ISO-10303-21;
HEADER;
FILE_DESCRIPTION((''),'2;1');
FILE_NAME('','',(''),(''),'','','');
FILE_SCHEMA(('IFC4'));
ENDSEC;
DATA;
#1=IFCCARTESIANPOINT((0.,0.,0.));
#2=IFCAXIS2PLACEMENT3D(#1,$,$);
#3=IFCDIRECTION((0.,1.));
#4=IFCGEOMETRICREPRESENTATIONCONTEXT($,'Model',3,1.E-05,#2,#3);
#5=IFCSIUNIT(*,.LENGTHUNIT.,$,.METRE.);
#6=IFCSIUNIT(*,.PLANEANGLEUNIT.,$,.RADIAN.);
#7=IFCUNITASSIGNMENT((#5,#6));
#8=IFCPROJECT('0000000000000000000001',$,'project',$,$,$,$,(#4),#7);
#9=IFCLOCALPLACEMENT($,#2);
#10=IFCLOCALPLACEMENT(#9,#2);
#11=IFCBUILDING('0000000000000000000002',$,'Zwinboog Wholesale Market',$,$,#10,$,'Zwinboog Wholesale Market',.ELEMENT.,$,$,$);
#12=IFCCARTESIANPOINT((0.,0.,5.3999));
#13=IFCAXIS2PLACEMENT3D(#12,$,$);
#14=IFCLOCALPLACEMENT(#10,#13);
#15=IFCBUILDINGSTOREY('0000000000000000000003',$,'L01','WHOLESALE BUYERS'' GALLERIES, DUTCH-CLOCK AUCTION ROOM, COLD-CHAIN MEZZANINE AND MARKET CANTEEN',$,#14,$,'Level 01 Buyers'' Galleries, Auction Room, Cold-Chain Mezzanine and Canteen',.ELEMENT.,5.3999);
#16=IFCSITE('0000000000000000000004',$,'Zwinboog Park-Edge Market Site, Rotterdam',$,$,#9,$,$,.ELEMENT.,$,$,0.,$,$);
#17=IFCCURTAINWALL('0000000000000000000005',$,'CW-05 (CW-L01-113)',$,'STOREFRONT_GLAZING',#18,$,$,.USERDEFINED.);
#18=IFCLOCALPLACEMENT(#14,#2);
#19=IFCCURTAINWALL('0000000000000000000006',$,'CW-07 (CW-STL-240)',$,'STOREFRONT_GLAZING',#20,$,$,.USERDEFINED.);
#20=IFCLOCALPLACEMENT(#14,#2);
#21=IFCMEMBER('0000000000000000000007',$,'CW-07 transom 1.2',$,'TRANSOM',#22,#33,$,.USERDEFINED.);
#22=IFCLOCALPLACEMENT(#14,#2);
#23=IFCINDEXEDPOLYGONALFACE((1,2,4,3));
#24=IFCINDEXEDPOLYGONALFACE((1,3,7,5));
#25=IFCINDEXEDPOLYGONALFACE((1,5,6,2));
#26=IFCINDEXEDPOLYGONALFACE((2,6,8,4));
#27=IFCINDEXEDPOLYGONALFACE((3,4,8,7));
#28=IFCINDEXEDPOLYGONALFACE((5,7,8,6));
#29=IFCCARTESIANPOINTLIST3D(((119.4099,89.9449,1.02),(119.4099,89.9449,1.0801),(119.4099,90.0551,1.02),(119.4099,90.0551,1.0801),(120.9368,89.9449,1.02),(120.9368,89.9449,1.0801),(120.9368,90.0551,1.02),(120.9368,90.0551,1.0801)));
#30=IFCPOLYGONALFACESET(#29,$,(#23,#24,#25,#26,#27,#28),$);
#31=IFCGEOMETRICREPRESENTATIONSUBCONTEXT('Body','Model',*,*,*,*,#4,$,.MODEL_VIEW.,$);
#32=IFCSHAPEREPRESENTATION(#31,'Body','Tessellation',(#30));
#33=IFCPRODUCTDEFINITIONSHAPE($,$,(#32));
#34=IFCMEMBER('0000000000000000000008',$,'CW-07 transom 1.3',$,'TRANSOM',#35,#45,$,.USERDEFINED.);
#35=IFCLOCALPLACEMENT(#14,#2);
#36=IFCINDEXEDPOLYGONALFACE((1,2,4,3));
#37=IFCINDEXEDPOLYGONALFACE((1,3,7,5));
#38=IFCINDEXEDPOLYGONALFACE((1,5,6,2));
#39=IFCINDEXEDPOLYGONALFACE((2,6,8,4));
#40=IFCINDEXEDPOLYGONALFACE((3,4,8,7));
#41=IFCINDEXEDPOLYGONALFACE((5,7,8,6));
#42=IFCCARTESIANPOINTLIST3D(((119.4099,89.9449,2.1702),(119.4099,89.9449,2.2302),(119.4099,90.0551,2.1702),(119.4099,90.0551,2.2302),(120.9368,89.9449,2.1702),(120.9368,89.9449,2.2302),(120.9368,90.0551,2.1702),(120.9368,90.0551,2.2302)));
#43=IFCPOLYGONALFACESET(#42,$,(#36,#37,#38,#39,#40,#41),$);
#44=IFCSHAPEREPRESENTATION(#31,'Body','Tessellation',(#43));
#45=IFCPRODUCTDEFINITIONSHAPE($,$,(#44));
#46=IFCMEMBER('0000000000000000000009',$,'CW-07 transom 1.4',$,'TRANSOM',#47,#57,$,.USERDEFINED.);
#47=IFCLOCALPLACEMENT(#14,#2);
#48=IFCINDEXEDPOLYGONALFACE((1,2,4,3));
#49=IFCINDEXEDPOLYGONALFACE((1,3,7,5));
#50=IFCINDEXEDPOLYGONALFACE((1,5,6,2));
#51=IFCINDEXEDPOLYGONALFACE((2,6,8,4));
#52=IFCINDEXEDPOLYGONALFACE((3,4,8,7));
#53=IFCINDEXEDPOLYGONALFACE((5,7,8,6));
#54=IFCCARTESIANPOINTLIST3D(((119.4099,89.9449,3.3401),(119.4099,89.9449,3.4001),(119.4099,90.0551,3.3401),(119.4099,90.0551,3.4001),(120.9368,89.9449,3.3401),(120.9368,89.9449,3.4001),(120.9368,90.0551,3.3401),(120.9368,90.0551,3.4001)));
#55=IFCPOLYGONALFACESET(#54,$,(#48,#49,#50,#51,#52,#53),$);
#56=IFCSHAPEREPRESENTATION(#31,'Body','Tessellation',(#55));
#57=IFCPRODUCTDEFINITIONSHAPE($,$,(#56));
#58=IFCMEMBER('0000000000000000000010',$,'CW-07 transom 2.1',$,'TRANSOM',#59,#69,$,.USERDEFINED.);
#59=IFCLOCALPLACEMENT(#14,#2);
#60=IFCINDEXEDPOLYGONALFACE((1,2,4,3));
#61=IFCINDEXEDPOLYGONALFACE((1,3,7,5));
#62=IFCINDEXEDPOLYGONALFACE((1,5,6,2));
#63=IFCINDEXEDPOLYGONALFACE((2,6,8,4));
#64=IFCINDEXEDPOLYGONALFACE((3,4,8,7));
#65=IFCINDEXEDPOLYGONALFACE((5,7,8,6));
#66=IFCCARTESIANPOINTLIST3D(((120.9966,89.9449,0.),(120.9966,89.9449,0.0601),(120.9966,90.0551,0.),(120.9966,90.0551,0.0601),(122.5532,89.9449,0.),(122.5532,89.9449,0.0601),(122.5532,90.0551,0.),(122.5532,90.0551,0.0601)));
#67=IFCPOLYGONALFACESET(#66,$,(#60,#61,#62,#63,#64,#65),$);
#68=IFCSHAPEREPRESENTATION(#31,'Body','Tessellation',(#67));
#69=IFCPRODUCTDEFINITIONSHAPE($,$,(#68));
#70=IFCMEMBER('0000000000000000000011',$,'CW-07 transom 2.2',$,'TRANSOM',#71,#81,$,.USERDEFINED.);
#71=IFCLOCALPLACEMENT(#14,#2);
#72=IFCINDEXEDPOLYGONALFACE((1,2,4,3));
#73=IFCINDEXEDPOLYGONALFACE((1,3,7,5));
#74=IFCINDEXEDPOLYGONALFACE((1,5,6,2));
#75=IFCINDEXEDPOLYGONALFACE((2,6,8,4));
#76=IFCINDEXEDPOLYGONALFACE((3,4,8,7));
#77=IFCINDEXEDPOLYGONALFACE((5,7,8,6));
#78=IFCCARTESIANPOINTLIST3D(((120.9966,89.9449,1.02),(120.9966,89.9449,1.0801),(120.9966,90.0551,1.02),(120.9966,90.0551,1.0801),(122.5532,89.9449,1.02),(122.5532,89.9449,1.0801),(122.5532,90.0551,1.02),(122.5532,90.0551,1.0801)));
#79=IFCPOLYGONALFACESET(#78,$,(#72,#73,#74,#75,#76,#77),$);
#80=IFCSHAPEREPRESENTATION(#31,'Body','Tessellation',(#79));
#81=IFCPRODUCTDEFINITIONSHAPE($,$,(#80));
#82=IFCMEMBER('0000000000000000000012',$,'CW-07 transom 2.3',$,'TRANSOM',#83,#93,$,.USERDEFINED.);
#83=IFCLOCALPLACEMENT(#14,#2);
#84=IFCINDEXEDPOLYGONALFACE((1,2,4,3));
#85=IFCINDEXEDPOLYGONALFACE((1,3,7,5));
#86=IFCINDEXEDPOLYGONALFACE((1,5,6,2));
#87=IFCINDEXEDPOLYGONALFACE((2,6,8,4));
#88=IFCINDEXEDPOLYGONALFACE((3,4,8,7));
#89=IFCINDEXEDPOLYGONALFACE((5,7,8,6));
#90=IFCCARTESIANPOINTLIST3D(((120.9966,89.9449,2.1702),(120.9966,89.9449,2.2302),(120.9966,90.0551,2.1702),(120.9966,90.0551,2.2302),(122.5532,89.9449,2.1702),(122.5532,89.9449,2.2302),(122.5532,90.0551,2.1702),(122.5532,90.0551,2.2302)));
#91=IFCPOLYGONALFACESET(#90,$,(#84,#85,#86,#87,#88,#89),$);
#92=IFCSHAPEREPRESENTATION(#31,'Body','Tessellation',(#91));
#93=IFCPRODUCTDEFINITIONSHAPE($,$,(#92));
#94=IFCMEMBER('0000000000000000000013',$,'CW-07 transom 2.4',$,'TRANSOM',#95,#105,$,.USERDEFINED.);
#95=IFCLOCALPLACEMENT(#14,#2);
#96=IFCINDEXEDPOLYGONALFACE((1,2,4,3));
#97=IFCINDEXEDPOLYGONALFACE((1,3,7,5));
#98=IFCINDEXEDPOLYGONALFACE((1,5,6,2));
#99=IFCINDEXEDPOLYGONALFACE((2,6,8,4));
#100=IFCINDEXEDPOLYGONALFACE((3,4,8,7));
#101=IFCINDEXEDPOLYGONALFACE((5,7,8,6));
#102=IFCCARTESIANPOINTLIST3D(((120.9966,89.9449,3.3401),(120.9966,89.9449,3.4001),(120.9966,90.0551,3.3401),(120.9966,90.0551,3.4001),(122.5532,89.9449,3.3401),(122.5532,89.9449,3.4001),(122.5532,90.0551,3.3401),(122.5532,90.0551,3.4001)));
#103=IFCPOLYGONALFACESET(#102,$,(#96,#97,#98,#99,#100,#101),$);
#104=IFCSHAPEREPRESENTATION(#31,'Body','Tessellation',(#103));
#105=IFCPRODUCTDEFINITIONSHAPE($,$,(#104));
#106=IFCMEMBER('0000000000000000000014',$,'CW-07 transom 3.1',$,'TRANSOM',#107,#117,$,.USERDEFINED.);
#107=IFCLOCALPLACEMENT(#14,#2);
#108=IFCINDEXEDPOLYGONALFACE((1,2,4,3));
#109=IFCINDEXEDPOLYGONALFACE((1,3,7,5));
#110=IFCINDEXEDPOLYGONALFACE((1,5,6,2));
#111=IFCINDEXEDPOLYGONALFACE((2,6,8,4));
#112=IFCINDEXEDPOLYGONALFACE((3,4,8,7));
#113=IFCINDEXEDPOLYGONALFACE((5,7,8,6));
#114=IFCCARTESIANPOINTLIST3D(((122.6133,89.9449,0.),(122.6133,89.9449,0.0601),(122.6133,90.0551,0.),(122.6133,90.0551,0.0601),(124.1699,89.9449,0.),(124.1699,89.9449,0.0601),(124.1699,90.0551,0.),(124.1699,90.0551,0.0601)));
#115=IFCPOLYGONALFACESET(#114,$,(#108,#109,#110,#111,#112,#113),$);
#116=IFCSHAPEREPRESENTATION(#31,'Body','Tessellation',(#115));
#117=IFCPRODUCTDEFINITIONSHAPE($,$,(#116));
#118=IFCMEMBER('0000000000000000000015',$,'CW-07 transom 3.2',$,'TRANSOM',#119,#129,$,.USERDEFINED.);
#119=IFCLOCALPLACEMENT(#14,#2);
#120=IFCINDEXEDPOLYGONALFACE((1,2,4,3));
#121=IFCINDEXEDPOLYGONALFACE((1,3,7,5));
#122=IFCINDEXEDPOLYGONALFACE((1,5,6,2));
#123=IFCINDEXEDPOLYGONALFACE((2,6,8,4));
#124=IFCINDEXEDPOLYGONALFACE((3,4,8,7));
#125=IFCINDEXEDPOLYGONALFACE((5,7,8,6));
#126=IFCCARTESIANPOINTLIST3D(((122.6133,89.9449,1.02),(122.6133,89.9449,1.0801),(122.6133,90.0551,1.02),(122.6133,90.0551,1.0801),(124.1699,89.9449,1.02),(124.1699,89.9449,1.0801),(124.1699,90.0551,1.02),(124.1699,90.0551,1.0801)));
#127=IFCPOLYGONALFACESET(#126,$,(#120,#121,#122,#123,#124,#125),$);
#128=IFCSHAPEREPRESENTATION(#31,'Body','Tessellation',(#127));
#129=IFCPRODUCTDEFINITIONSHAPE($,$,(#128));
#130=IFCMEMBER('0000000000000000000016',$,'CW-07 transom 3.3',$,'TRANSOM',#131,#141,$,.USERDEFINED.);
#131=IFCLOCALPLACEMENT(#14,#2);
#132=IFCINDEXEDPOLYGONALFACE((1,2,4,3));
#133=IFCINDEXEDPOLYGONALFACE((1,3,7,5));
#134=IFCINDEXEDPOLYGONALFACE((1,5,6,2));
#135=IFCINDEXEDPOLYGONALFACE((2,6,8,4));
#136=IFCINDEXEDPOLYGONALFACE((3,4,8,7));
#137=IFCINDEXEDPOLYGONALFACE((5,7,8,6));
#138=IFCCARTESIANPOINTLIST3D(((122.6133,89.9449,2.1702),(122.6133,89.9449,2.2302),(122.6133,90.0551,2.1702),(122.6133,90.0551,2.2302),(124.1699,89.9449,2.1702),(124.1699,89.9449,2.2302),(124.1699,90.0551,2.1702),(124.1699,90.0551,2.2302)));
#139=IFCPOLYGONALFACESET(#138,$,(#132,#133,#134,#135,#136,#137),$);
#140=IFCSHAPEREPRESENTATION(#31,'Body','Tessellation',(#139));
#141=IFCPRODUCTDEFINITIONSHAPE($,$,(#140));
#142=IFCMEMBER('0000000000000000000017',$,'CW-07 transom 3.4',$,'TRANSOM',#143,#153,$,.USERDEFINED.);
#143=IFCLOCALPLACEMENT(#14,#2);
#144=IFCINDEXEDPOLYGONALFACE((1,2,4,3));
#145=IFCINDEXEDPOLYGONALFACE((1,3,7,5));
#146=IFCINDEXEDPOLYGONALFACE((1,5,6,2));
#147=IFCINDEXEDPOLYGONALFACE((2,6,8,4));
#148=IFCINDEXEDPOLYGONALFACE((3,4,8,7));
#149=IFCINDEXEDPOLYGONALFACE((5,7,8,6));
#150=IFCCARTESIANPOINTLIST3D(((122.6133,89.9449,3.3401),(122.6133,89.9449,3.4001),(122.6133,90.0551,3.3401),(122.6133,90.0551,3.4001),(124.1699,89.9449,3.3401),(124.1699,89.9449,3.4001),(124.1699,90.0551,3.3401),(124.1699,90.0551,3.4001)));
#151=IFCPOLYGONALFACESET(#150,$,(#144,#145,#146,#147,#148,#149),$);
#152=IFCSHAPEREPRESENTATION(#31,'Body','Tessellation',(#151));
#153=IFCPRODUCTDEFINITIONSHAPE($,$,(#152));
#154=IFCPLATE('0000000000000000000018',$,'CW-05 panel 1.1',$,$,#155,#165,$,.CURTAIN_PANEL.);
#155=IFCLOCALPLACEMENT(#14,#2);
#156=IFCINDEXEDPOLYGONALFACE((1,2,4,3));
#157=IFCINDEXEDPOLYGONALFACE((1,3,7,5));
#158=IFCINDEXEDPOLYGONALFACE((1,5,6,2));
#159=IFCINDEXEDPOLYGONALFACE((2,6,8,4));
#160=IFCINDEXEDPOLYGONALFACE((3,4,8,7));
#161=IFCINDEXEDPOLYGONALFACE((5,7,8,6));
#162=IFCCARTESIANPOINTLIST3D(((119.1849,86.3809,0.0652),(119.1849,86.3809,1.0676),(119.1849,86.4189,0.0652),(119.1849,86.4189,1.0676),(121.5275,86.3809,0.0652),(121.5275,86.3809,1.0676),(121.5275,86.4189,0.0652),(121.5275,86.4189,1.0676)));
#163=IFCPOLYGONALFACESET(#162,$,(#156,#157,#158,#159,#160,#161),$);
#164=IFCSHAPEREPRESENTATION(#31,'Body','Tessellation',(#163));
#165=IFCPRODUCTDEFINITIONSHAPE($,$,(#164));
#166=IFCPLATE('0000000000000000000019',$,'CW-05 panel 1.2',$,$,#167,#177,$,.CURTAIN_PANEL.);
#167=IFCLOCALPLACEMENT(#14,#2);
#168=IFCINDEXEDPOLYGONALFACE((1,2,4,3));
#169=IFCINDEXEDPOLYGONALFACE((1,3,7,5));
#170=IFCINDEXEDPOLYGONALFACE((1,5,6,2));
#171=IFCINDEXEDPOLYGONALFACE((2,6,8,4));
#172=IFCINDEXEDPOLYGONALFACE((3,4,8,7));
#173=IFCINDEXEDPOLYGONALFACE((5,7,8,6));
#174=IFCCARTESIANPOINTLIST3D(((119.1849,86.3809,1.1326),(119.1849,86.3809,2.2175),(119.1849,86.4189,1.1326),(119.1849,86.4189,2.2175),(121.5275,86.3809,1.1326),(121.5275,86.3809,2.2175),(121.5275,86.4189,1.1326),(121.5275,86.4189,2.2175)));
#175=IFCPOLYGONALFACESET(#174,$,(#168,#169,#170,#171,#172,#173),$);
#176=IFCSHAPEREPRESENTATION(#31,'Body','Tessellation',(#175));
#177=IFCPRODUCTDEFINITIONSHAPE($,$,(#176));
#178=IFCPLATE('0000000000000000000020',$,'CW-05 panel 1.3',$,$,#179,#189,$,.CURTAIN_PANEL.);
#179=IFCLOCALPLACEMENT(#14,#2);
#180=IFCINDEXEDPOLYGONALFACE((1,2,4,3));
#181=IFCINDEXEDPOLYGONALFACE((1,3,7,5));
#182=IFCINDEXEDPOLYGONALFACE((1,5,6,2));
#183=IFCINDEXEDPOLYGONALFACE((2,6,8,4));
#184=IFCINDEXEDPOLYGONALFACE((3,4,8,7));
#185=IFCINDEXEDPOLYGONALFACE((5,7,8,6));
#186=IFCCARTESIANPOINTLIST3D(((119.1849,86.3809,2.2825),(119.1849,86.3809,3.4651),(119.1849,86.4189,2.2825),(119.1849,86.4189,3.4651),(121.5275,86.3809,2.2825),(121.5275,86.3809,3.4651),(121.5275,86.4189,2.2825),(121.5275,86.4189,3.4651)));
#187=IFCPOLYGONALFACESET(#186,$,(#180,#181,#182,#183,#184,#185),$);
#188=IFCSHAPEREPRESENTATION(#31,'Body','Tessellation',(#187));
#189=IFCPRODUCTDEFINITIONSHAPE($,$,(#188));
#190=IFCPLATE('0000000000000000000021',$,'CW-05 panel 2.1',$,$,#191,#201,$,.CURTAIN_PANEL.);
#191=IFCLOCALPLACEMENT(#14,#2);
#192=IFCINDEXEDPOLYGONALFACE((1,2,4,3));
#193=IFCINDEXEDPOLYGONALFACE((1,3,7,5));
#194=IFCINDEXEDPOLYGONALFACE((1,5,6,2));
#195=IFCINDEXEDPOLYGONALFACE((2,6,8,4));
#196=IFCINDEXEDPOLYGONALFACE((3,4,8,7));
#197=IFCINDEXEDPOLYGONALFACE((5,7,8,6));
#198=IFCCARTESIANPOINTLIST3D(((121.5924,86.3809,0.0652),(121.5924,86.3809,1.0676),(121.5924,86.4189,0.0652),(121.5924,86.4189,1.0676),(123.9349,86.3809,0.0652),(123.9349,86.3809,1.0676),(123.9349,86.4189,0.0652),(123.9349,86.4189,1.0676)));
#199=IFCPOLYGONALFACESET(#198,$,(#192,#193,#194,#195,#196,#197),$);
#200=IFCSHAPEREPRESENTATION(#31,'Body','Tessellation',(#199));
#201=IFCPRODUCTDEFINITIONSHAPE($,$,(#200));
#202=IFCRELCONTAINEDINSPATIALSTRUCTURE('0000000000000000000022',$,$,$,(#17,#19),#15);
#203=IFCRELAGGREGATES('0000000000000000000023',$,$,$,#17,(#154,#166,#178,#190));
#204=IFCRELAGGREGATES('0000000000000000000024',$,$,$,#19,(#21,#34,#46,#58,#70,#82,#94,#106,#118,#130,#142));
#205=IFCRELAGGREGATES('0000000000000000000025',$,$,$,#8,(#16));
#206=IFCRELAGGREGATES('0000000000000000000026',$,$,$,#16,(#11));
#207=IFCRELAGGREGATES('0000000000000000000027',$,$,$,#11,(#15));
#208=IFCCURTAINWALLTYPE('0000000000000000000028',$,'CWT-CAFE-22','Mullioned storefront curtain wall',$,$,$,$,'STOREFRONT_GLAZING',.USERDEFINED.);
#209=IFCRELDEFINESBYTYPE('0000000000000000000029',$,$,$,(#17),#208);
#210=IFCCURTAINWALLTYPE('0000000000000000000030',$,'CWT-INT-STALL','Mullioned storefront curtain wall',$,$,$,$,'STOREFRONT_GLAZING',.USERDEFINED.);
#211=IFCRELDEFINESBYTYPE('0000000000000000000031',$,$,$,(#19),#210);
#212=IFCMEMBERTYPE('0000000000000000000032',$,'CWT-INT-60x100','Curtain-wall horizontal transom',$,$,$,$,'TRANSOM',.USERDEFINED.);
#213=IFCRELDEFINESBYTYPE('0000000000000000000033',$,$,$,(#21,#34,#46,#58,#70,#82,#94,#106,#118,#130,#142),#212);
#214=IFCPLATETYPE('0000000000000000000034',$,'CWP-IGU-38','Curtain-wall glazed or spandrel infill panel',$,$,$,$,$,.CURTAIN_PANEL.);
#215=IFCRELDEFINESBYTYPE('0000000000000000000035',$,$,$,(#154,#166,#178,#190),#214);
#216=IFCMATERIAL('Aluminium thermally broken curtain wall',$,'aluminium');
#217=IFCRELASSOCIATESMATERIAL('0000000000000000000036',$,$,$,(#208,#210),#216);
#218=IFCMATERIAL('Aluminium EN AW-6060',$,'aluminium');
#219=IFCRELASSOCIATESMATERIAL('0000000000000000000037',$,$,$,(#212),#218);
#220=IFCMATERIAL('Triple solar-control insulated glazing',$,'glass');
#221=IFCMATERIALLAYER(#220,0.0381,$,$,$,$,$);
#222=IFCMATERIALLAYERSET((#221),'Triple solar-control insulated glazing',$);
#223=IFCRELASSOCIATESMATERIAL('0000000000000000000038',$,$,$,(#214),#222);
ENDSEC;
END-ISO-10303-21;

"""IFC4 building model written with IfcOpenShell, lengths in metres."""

from ifc_helpers import new_model, si_unit, direction, frame, origin, origin_2d, place, context, subcontext, project, spatial, rectangle, extrude, material, layer, layer_set, material_profile, profile_set, type_object, element, aggregate, save


model = new_model("IFC4")

# Units and contexts
model_context = context("Model", 3, precision=1e-05, world=origin(), true_north=direction((0.0, 1.0)))
body_context = subcontext(model_context, "Body", "Model", "MODEL_VIEW")
ifc_project = project(units=[si_unit("LENGTHUNIT", "METRE"), si_unit("PLANEANGLEUNIT", "RADIAN")], contexts=[model_context])

# Site, building, storey
site_placement = place(None, origin())
site = spatial("IfcSite", under=ifc_project, at=site_placement, Name="Zwinboog Park-Edge Market Site, Rotterdam", CompositionType="ELEMENT", RefElevation=0.0)
building_placement = place(site_placement, origin())
building = spatial("IfcBuilding", under=site, at=building_placement, Name="Zwinboog Wholesale Market", LongName="Zwinboog Wholesale Market", CompositionType="ELEMENT")
storey_placement = place(building_placement, frame((0.0, 0.0, 5.3999)))
storey = spatial("IfcBuildingStorey", under=building, at=storey_placement, Name="L01", Description="WHOLESALE BUYERS' GALLERIES, DUTCH-CLOCK AUCTION ROOM, COLD-CHAIN MEZZANINE AND MARKET CANTEEN", LongName="Level 01 Buyers' Galleries, Auction Room, Cold-Chain Mezzanine and Canteen", CompositionType="ELEMENT", Elevation=5.3999)

# Curtain walls, members
ifc_material_1 = material(Name="Aluminium thermally broken curtain wall", Category="aluminium")
curtain_wall_type_1 = type_object("IfcCurtainWallType", Name="CWT-CAFE-22", Description="Mullioned storefront curtain wall", ElementType="STOREFRONT_GLAZING", PredefinedType="USERDEFINED", material=ifc_material_1)
curtain_wall_1_placement = place(storey_placement, origin())
curtain_wall_1 = element("IfcCurtainWall", 1, at=curtain_wall_1_placement, inside=storey, type_object=curtain_wall_type_1, Name="CW-05 (CW-L01-113)", ObjectType="STOREFRONT_GLAZING", PredefinedType="USERDEFINED")
ifc_material_2 = material(Name="Aluminium EN AW-6060", Category="aluminium")
curtain_wall_type_2 = type_object("IfcCurtainWallType", Name="CWT-INT-STALL", Description="Mullioned storefront curtain wall", ElementType="STOREFRONT_GLAZING", PredefinedType="USERDEFINED", material=ifc_material_1)
curtain_wall_2_placement = place(storey_placement, origin())
curtain_wall_2 = element("IfcCurtainWall", 2, at=curtain_wall_2_placement, inside=storey, type_object=curtain_wall_type_2, Name="CW-07 (CW-STL-240)", ObjectType="STOREFRONT_GLAZING", PredefinedType="USERDEFINED")
ifc_material_profile_1 = material_profile(ifc_material_2, rectangle(XDim=0.1101, YDim=0.0601, at=origin_2d()), Name="AL 60x110")
ifc_profile_set_1 = profile_set([ifc_material_profile_1], Name="Aluminium EN AW-6060")
member_type_1 = type_object("IfcMemberType", Name="CWT-INT-60x100", Description="Curtain-wall horizontal transom", ElementType="TRANSOM", PredefinedType="USERDEFINED", material=ifc_profile_set_1)
member_1_placement = place(storey_placement, frame((119.4099, 90.0, 1.05), z_axis=(1.0, 0.0, 0.0), x_axis=(0.0, 1.0, 0.0)))
member_1 = element("IfcMember", 3, at=member_1_placement, type_object=member_type_1, Name="CW-07 transom 1.2", ObjectType="TRANSOM", PredefinedType="USERDEFINED", context=body_context, shape_type="SweptSolid", body=[
    extrude(rectangle(XDim=0.1101, YDim=0.0601, at=origin_2d()), origin(), (0.0, 0.0, 1.0), 1.5269),
])
member_2_placement = place(storey_placement, frame((119.4099, 90.0, 2.2002), z_axis=(1.0, 0.0, 0.0), x_axis=(0.0, 1.0, 0.0)))
member_2 = element("IfcMember", 4, at=member_2_placement, type_object=member_type_1, Name="CW-07 transom 1.3", ObjectType="TRANSOM", PredefinedType="USERDEFINED", context=body_context, shape_type="SweptSolid", body=[
    extrude(rectangle(XDim=0.1101, YDim=0.0601, at=origin_2d()), origin(), (0.0, 0.0, 1.0), 1.5269),
])
member_3_placement = place(storey_placement, frame((119.4099, 90.0, 3.3701), z_axis=(1.0, 0.0, 0.0), x_axis=(0.0, 1.0, 0.0)))
member_3 = element("IfcMember", 5, at=member_3_placement, type_object=member_type_1, Name="CW-07 transom 1.4", ObjectType="TRANSOM", PredefinedType="USERDEFINED", context=body_context, shape_type="SweptSolid", body=[
    extrude(rectangle(XDim=0.1101, YDim=0.0601, at=origin_2d()), origin(), (0.0, 0.0, 1.0), 1.5269),
])
member_4_placement = place(storey_placement, frame((120.9966, 90.0, 0.03), z_axis=(1.0, 0.0, 0.0), x_axis=(0.0, 1.0, 0.0)))
member_4 = element("IfcMember", 6, at=member_4_placement, type_object=member_type_1, Name="CW-07 transom 2.1", ObjectType="TRANSOM", PredefinedType="USERDEFINED", context=body_context, shape_type="SweptSolid", body=[
    extrude(rectangle(XDim=0.1101, YDim=0.0601, at=origin_2d()), origin(), (0.0, 0.0, 1.0), 1.5566),
])
member_5_placement = place(storey_placement, frame((120.9966, 90.0, 1.05), z_axis=(1.0, 0.0, 0.0), x_axis=(0.0, 1.0, 0.0)))
member_5 = element("IfcMember", 7, at=member_5_placement, type_object=member_type_1, Name="CW-07 transom 2.2", ObjectType="TRANSOM", PredefinedType="USERDEFINED", context=body_context, shape_type="SweptSolid", body=[
    extrude(rectangle(XDim=0.1101, YDim=0.0601, at=origin_2d()), origin(), (0.0, 0.0, 1.0), 1.5566),
])
member_6_placement = place(storey_placement, frame((120.9966, 90.0, 2.2002), z_axis=(1.0, 0.0, 0.0), x_axis=(0.0, 1.0, 0.0)))
member_6 = element("IfcMember", 8, at=member_6_placement, type_object=member_type_1, Name="CW-07 transom 2.3", ObjectType="TRANSOM", PredefinedType="USERDEFINED", context=body_context, shape_type="SweptSolid", body=[
    extrude(rectangle(XDim=0.1101, YDim=0.0601, at=origin_2d()), origin(), (0.0, 0.0, 1.0), 1.5566),
])
member_7_placement = place(storey_placement, frame((120.9966, 90.0, 3.3701), z_axis=(1.0, 0.0, 0.0), x_axis=(0.0, 1.0, 0.0)))
member_7 = element("IfcMember", 9, at=member_7_placement, type_object=member_type_1, Name="CW-07 transom 2.4", ObjectType="TRANSOM", PredefinedType="USERDEFINED", context=body_context, shape_type="SweptSolid", body=[
    extrude(rectangle(XDim=0.1101, YDim=0.0601, at=origin_2d()), origin(), (0.0, 0.0, 1.0), 1.5566),
])
member_8_placement = place(storey_placement, frame((122.6133, 90.0, 0.03), z_axis=(1.0, 0.0, 0.0), x_axis=(0.0, 1.0, 0.0)))
member_8 = element("IfcMember", 10, at=member_8_placement, type_object=member_type_1, Name="CW-07 transom 3.1", ObjectType="TRANSOM", PredefinedType="USERDEFINED", context=body_context, shape_type="SweptSolid", body=[
    extrude(rectangle(XDim=0.1101, YDim=0.0601, at=origin_2d()), origin(), (0.0, 0.0, 1.0), 1.5566),
])
member_9_placement = place(storey_placement, frame((122.6133, 90.0, 1.05), z_axis=(1.0, 0.0, 0.0), x_axis=(0.0, 1.0, 0.0)))
member_9 = element("IfcMember", 11, at=member_9_placement, type_object=member_type_1, Name="CW-07 transom 3.2", ObjectType="TRANSOM", PredefinedType="USERDEFINED", context=body_context, shape_type="SweptSolid", body=[
    extrude(rectangle(XDim=0.1101, YDim=0.0601, at=origin_2d()), origin(), (0.0, 0.0, 1.0), 1.5566),
])
member_10_placement = place(storey_placement, frame((122.6133, 90.0, 2.2002), z_axis=(1.0, 0.0, 0.0), x_axis=(0.0, 1.0, 0.0)))
member_10 = element("IfcMember", 12, at=member_10_placement, type_object=member_type_1, Name="CW-07 transom 3.3", ObjectType="TRANSOM", PredefinedType="USERDEFINED", context=body_context, shape_type="SweptSolid", body=[
    extrude(rectangle(XDim=0.1101, YDim=0.0601, at=origin_2d()), origin(), (0.0, 0.0, 1.0), 1.5566),
])
member_11_placement = place(storey_placement, frame((122.6133, 90.0, 3.3701), z_axis=(1.0, 0.0, 0.0), x_axis=(0.0, 1.0, 0.0)))
member_11 = element("IfcMember", 13, at=member_11_placement, type_object=member_type_1, Name="CW-07 transom 3.4", ObjectType="TRANSOM", PredefinedType="USERDEFINED", context=body_context, shape_type="SweptSolid", body=[
    extrude(rectangle(XDim=0.1101, YDim=0.0601, at=origin_2d()), origin(), (0.0, 0.0, 1.0), 1.5566),
])

# Plates
ifc_material_3 = material(Name="Triple solar-control insulated glazing", Category="glass")
ifc_layer_1 = layer(ifc_material_3, 0.0381)
ifc_layer_set_1 = layer_set([ifc_layer_1], Name="Triple solar-control insulated glazing")
plate_type_1 = type_object("IfcPlateType", Name="CWP-IGU-38", Description="Curtain-wall glazed or spandrel infill panel", PredefinedType="CURTAIN_PANEL", material=ifc_layer_set_1)
plate_1_placement = place(storey_placement, frame((120.3562, 86.3999, 0.0652), z_axis=(0.0, 0.0, 1.0), x_axis=(1.0, 0.0, 0.0)))
plate_1 = element("IfcPlate", 14, at=plate_1_placement, type_object=plate_type_1, Name="CW-05 panel 1.1", PredefinedType="CURTAIN_PANEL", context=body_context, shape_type="SweptSolid", body=[
    extrude(rectangle(XDim=2.3425, YDim=0.0381, at=origin_2d()), origin(), (0.0, 0.0, 1.0), 1.0024),
])
plate_2_placement = place(storey_placement, frame((120.3562, 86.3999, 1.1326), z_axis=(0.0, 0.0, 1.0), x_axis=(1.0, 0.0, 0.0)))
plate_2 = element("IfcPlate", 15, at=plate_2_placement, type_object=plate_type_1, Name="CW-05 panel 1.2", PredefinedType="CURTAIN_PANEL", context=body_context, shape_type="SweptSolid", body=[
    extrude(rectangle(XDim=2.3425, YDim=0.0381, at=origin_2d()), origin(), (0.0, 0.0, 1.0), 1.085),
])
plate_3_placement = place(storey_placement, frame((120.3562, 86.3999, 2.2825), z_axis=(0.0, 0.0, 1.0), x_axis=(1.0, 0.0, 0.0)))
plate_3 = element("IfcPlate", 16, at=plate_3_placement, type_object=plate_type_1, Name="CW-05 panel 1.3", PredefinedType="CURTAIN_PANEL", context=body_context, shape_type="SweptSolid", body=[
    extrude(rectangle(XDim=2.3425, YDim=0.0381, at=origin_2d()), origin(), (0.0, 0.0, 1.0), 1.1826),
])
plate_4_placement = place(storey_placement, frame((122.7637, 86.3999, 0.0652), z_axis=(0.0, 0.0, 1.0), x_axis=(1.0, 0.0, 0.0)))
plate_4 = element("IfcPlate", 17, at=plate_4_placement, type_object=plate_type_1, Name="CW-05 panel 2.1", PredefinedType="CURTAIN_PANEL", context=body_context, shape_type="SweptSolid", body=[
    extrude(rectangle(XDim=2.3425, YDim=0.0381, at=origin_2d()), origin(), (0.0, 0.0, 1.0), 1.0024),
])
aggregate(curtain_wall_1, [plate_1, plate_2, plate_3, plate_4])
aggregate(curtain_wall_2, [member_1, member_2, member_3, member_4, member_5, member_6, member_7, member_8, member_9, member_10, member_11])

save(model, "model.ifc")
